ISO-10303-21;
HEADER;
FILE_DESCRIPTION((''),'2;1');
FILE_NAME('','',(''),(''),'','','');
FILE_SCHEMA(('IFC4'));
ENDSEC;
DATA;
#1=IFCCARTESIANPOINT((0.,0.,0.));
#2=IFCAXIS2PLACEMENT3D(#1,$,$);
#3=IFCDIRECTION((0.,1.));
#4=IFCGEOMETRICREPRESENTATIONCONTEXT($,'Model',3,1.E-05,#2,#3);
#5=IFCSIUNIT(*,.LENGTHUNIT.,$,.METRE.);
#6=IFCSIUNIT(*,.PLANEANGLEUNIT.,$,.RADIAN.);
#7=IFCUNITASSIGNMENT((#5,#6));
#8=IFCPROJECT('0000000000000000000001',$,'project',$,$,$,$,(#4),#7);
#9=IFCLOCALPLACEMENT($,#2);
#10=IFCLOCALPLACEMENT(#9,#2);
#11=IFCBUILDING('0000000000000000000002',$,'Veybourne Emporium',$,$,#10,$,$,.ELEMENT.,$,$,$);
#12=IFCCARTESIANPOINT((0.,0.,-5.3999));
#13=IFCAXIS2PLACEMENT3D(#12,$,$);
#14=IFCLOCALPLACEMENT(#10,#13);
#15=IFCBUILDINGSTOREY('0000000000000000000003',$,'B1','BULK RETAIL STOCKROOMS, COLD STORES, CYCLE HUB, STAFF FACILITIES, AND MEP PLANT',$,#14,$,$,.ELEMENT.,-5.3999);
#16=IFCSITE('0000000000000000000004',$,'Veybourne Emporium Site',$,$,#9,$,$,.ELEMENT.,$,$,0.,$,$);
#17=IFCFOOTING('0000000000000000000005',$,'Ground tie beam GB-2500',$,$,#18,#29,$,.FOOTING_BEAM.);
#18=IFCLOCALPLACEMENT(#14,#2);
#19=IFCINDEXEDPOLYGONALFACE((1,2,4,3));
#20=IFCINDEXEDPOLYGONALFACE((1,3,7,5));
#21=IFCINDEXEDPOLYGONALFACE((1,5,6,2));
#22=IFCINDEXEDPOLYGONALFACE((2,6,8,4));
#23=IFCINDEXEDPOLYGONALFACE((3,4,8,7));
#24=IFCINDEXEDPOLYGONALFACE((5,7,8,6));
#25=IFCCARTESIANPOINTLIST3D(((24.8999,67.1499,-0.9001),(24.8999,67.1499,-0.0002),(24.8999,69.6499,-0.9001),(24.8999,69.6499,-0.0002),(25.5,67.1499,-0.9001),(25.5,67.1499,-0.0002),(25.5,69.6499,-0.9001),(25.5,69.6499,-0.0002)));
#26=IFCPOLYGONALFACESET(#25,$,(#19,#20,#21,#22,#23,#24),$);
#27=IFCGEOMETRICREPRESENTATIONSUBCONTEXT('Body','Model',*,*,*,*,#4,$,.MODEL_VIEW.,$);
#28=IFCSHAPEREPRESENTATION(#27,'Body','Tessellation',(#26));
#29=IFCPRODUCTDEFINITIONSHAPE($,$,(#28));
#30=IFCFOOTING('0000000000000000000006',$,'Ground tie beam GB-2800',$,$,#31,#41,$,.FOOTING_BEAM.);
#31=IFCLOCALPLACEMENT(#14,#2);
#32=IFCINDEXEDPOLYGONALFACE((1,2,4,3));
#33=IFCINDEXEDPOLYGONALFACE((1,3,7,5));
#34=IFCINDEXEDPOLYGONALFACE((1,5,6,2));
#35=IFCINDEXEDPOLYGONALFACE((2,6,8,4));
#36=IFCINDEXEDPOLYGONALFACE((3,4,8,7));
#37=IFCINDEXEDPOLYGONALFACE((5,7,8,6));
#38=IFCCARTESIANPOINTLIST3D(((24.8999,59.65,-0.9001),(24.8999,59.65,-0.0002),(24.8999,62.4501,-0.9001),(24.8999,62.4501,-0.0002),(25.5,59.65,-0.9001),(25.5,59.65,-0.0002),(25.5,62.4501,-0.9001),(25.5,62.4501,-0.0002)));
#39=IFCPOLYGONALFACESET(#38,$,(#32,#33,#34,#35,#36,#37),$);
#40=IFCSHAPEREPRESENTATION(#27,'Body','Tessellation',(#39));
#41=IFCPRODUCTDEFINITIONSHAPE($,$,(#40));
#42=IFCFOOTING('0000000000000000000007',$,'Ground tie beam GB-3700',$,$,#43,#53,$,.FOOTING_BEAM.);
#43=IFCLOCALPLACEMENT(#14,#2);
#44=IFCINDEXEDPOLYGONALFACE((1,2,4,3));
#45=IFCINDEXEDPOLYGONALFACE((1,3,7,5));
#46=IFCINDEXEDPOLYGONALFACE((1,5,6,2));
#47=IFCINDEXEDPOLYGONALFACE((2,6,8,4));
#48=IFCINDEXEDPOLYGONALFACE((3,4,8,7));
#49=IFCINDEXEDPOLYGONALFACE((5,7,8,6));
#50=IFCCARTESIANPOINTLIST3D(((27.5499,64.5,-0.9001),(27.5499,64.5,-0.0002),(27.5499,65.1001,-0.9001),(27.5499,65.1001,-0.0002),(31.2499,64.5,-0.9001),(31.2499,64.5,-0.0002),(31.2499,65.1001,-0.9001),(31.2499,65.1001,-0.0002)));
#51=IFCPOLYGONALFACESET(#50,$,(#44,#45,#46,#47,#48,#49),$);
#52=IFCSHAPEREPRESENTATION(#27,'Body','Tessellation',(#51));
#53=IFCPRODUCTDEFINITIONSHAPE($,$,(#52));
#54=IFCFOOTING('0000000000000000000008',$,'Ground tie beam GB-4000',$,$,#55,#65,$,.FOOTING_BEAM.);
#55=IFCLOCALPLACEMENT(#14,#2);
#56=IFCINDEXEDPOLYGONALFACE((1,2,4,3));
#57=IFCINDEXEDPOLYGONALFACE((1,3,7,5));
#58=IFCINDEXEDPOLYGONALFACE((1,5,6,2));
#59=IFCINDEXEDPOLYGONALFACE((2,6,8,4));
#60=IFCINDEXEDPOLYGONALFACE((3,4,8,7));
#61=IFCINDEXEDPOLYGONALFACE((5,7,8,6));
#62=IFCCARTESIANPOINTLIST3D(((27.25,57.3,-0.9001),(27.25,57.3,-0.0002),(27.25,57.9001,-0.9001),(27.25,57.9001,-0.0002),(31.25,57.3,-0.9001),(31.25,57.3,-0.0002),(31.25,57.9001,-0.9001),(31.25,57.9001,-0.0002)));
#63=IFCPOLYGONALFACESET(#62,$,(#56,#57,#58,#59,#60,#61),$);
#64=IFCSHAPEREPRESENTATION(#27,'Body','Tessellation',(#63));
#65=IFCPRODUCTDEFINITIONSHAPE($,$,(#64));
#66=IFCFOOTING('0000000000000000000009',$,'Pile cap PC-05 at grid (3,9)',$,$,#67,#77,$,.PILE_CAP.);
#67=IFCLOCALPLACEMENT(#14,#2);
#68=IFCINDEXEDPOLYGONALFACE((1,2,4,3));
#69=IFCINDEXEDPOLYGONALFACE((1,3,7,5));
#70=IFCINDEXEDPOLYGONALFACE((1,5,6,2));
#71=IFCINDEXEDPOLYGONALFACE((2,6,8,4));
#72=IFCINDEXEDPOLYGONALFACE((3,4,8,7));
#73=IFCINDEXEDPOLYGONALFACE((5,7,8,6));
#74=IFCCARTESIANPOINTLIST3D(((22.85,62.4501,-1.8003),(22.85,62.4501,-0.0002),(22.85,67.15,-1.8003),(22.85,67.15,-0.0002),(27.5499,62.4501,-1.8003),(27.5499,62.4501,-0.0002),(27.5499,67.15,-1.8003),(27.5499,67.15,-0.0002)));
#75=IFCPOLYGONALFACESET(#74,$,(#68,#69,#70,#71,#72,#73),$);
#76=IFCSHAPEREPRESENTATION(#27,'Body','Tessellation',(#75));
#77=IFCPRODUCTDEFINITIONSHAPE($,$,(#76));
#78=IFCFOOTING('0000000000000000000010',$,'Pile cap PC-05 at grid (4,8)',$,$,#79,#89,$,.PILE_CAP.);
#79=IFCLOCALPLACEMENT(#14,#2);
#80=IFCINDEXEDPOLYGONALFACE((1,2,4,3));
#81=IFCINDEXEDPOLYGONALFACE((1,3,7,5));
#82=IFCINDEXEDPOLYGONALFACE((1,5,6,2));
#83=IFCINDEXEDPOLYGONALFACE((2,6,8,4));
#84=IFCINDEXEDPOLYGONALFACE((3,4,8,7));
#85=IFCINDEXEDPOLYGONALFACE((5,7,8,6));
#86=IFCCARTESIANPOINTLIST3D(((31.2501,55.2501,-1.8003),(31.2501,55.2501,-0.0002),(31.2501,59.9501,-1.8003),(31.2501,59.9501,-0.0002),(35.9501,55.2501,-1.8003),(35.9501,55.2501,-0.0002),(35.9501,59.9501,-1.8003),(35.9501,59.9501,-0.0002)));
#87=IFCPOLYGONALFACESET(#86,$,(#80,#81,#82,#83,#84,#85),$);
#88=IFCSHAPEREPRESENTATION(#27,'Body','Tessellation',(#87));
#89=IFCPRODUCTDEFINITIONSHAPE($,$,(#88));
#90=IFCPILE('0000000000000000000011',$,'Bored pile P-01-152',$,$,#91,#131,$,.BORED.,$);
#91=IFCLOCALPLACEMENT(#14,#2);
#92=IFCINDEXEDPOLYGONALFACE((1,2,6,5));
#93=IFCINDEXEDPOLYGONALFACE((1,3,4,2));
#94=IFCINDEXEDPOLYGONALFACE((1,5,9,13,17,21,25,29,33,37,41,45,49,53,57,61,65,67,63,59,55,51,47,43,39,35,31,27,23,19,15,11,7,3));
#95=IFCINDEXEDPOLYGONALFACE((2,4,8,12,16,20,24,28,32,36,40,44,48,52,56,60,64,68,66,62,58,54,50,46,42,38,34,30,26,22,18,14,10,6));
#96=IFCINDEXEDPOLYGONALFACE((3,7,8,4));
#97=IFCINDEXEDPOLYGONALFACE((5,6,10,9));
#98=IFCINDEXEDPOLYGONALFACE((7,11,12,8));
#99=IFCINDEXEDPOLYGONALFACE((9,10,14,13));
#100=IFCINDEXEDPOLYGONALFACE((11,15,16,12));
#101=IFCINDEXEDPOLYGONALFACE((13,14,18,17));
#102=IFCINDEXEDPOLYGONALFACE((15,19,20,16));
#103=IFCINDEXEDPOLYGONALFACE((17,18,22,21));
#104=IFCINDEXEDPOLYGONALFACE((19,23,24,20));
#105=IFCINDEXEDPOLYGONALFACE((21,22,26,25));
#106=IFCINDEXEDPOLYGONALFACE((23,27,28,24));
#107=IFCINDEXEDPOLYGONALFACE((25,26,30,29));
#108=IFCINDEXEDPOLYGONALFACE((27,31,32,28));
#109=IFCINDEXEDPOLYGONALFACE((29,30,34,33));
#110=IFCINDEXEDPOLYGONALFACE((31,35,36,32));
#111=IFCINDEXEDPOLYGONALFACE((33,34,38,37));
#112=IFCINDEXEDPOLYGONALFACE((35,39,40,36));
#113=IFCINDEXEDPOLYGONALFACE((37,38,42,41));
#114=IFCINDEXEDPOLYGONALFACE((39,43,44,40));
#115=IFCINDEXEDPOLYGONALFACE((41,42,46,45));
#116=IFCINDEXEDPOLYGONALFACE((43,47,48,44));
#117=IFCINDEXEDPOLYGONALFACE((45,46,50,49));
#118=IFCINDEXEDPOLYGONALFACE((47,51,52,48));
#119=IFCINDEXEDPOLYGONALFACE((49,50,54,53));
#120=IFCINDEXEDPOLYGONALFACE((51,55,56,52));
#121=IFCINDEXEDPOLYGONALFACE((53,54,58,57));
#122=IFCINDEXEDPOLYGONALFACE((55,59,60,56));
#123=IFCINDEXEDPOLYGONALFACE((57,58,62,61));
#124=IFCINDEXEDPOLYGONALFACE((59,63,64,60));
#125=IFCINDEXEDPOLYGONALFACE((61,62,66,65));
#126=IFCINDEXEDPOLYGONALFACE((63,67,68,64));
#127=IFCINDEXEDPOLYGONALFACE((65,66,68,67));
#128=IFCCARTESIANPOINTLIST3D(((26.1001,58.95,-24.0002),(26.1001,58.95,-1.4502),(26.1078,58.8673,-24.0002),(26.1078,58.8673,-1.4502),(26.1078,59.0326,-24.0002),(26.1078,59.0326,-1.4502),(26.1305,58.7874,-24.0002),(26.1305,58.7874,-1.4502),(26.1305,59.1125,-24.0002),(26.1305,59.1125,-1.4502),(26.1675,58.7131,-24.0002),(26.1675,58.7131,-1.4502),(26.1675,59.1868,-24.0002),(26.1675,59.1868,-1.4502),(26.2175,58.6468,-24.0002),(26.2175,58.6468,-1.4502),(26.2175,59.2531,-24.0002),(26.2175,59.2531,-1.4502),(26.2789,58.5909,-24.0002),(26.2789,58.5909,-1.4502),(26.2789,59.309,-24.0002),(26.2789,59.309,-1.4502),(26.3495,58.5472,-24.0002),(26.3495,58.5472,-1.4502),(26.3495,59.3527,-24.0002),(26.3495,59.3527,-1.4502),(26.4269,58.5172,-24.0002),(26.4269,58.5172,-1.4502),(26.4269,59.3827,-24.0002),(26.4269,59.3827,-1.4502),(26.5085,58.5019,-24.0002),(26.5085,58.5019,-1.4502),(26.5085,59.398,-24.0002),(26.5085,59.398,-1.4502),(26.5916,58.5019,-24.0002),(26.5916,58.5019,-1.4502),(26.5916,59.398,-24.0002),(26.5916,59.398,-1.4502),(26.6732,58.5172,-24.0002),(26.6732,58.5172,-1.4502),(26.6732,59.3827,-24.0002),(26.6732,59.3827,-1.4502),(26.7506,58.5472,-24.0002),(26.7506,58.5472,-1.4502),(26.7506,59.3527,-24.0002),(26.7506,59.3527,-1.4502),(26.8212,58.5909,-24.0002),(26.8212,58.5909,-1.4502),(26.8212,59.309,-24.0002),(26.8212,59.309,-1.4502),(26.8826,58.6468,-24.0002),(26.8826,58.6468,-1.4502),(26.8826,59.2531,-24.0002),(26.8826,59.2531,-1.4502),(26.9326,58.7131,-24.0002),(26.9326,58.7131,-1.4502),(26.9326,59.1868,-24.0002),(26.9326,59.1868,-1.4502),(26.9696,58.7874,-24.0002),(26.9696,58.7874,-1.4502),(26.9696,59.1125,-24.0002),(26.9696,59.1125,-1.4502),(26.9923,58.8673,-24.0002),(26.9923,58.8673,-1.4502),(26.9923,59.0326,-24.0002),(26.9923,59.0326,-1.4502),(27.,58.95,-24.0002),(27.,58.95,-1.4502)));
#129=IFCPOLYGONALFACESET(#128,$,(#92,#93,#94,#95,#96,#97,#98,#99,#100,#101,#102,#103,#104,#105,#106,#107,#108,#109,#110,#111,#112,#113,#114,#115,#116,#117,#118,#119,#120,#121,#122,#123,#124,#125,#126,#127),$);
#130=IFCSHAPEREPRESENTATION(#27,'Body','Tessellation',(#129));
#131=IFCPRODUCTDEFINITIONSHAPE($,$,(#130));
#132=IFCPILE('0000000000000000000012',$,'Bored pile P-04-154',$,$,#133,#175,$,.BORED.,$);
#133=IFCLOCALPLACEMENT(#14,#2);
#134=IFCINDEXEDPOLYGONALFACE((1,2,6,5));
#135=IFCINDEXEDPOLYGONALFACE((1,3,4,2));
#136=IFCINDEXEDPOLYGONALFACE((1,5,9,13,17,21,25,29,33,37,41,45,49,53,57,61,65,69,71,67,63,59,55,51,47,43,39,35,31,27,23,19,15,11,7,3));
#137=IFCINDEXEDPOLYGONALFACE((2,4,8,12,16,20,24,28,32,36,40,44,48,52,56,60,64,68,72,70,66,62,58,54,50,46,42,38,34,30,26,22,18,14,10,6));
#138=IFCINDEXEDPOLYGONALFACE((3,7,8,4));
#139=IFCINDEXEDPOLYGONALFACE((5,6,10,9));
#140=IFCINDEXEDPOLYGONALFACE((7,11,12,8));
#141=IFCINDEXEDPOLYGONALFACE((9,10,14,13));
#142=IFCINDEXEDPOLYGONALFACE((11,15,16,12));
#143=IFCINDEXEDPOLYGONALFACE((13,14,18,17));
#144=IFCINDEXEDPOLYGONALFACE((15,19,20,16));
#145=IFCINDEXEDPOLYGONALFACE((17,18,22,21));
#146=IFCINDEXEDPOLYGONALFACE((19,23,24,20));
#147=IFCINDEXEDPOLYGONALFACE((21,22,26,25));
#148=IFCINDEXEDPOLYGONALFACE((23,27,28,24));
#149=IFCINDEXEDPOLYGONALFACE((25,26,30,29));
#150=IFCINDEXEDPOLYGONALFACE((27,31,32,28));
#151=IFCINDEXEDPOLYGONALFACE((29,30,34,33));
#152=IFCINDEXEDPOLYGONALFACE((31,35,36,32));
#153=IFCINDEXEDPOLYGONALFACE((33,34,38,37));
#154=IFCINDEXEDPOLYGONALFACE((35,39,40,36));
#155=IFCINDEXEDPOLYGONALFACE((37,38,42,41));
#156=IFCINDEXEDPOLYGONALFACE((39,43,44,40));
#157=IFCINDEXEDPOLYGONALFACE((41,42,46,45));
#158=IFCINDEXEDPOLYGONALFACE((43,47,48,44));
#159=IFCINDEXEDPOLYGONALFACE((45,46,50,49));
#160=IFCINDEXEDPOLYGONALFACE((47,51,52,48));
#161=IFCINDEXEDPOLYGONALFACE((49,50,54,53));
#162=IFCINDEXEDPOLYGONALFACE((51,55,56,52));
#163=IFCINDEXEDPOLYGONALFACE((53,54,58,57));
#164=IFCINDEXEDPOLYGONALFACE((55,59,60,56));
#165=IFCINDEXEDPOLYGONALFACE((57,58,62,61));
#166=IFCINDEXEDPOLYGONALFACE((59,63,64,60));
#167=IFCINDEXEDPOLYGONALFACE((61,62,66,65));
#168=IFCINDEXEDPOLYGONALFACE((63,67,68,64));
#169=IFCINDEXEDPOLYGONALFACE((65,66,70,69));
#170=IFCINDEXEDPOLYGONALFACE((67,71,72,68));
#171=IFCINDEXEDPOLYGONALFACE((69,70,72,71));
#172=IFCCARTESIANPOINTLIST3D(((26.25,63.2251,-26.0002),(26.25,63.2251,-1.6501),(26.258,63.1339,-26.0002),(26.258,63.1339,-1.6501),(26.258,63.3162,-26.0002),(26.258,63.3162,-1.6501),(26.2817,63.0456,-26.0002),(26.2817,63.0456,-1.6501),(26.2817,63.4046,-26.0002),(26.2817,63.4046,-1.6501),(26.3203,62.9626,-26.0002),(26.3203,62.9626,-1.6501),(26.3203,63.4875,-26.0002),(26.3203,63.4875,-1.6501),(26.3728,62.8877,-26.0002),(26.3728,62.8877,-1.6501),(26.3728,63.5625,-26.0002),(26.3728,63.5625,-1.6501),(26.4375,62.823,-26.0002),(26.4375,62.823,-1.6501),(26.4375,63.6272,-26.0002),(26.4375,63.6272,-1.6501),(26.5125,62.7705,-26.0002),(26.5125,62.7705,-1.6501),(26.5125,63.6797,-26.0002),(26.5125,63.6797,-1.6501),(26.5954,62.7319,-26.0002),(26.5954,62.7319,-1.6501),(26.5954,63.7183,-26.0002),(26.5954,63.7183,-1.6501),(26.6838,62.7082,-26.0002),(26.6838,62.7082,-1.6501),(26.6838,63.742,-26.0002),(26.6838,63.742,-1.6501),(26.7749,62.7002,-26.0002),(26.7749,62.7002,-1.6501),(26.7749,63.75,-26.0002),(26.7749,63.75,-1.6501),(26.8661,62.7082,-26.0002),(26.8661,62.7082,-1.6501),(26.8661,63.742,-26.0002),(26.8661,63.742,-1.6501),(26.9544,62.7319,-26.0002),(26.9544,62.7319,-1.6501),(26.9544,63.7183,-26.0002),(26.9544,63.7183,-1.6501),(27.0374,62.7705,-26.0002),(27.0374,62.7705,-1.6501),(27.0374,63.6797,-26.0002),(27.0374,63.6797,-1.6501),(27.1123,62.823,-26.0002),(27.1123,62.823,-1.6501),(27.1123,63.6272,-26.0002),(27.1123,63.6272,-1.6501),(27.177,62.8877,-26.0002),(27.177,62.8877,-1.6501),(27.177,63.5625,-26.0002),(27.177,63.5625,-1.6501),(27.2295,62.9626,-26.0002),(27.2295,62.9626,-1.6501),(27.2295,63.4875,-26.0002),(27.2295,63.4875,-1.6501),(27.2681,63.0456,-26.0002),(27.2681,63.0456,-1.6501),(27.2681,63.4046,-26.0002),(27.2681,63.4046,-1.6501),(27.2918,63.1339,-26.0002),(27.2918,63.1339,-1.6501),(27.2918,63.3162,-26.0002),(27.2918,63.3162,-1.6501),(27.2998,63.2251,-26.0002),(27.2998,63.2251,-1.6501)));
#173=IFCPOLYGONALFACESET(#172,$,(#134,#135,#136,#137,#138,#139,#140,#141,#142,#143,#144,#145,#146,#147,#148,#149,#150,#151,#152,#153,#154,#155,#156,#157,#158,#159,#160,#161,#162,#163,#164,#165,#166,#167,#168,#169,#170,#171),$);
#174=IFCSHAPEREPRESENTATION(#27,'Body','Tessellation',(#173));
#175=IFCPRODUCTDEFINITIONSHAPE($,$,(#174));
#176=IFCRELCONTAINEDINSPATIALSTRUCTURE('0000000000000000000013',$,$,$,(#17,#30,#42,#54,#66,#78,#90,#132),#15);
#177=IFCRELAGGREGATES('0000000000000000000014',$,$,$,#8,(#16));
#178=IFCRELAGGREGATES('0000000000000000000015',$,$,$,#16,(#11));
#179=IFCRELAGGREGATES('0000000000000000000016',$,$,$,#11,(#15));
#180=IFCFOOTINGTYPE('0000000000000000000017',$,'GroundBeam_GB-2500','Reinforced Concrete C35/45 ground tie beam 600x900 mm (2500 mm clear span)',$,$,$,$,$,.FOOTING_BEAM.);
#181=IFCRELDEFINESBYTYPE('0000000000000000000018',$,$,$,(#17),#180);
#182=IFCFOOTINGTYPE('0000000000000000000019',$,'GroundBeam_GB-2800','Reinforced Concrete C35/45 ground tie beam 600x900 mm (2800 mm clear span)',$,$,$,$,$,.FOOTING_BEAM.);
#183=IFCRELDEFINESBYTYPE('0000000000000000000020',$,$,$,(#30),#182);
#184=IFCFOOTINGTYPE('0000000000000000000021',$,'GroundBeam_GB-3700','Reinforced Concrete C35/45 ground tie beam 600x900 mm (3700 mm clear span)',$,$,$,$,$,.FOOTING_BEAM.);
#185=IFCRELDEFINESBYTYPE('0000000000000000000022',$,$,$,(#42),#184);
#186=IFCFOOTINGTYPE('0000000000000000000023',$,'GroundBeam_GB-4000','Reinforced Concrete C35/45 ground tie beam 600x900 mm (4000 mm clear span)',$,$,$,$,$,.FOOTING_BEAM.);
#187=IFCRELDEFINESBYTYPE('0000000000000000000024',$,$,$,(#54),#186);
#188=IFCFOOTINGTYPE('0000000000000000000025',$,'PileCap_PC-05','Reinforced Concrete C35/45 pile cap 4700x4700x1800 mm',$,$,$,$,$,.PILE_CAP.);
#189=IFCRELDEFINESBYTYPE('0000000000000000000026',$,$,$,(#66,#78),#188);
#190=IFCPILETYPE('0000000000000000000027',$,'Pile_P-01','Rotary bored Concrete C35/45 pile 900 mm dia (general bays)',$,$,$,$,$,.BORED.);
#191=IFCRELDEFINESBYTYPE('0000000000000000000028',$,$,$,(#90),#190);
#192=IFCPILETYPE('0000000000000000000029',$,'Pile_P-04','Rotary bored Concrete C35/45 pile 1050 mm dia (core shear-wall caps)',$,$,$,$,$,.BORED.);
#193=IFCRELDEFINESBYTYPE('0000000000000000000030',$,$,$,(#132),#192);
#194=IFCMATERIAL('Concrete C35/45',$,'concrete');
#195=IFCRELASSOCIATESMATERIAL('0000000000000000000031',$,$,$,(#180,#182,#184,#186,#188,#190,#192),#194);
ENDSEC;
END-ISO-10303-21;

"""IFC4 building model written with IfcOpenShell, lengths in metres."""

from ifc_helpers import new_model, si_unit, direction, frame, origin, origin_2d, place, context, subcontext, project, spatial, rectangle, circle, extrude, material, material_profile, profile_set, type_object, element, save


model = new_model("IFC4")

# Units and contexts
model_context = context("Model", 3, precision=1e-05, world=origin(), true_north=direction((0.0, 1.0)))
body_context = subcontext(model_context, "Body", "Model", "MODEL_VIEW")
ifc_project = project(units=[si_unit("LENGTHUNIT", "METRE"), si_unit("PLANEANGLEUNIT", "RADIAN")], contexts=[model_context])

# Site, building, storey
site_placement = place(None, origin())
site = spatial("IfcSite", under=ifc_project, at=site_placement, Name="Veybourne Emporium Site", CompositionType="ELEMENT", RefElevation=0.0)
building_placement = place(site_placement, origin())
building = spatial("IfcBuilding", under=site, at=building_placement, Name="Veybourne Emporium", CompositionType="ELEMENT")
storey_placement = place(building_placement, frame((0.0, 0.0, -5.3999)))
storey = spatial("IfcBuildingStorey", under=building, at=storey_placement, Name="B1", Description="BULK RETAIL STOCKROOMS, COLD STORES, CYCLE HUB, STAFF FACILITIES, AND MEP PLANT", CompositionType="ELEMENT", Elevation=-5.3999)

# Footings
ifc_material_1 = material(Name="Concrete C35/45", Category="concrete")
footing_type_1 = type_object("IfcFootingType", Name="GroundBeam_GB-2500", Description="Reinforced Concrete C35/45 ground tie beam 600x900 mm (2500 mm clear span)", PredefinedType="FOOTING_BEAM", material=ifc_material_1)
footing_1_placement = place(storey_placement, frame((25.2, 68.3999, -0.9001), z_axis=(0.0, 0.0, 1.0), x_axis=(0.0, 1.0, 0.0)))
element("IfcFooting", 1, at=footing_1_placement, inside=storey, type_object=footing_type_1, Name="Ground tie beam GB-2500", PredefinedType="FOOTING_BEAM", context=body_context, shape_type="SweptSolid", body=[
    extrude(rectangle(XDim=2.5, YDim=0.6001, at=origin_2d()), origin(), (0.0, 0.0, 1.0), 0.8999),
])
footing_type_2 = type_object("IfcFootingType", Name="GroundBeam_GB-2800", Description="Reinforced Concrete C35/45 ground tie beam 600x900 mm (2800 mm clear span)", PredefinedType="FOOTING_BEAM", material=ifc_material_1)
footing_2_placement = place(storey_placement, frame((25.2, 61.05, -0.9001), z_axis=(0.0, 0.0, 1.0), x_axis=(0.0, 1.0, 0.0)))
element("IfcFooting", 2, at=footing_2_placement, inside=storey, type_object=footing_type_2, Name="Ground tie beam GB-2800", PredefinedType="FOOTING_BEAM", context=body_context, shape_type="SweptSolid", body=[
    extrude(rectangle(XDim=2.8, YDim=0.6001, at=origin_2d()), origin(), (0.0, 0.0, 1.0), 0.8999),
])
footing_type_3 = type_object("IfcFootingType", Name="GroundBeam_GB-3700", Description="Reinforced Concrete C35/45 ground tie beam 600x900 mm (3700 mm clear span)", PredefinedType="FOOTING_BEAM", material=ifc_material_1)
footing_3_placement = place(storey_placement, frame((29.3999, 64.8, -0.9001), z_axis=(0.0, 0.0, 1.0), x_axis=(1.0, 0.0, 0.0)))
element("IfcFooting", 3, at=footing_3_placement, inside=storey, type_object=footing_type_3, Name="Ground tie beam GB-3700", PredefinedType="FOOTING_BEAM", context=body_context, shape_type="SweptSolid", body=[
    extrude(rectangle(XDim=3.7, YDim=0.6001, at=origin_2d()), origin(), (0.0, 0.0, 1.0), 0.8999),
])
footing_type_4 = type_object("IfcFootingType", Name="GroundBeam_GB-4000", Description="Reinforced Concrete C35/45 ground tie beam 600x900 mm (4000 mm clear span)", PredefinedType="FOOTING_BEAM", material=ifc_material_1)
footing_4_placement = place(storey_placement, frame((29.25, 57.6001, -0.9001), z_axis=(0.0, 0.0, 1.0), x_axis=(1.0, 0.0, 0.0)))
element("IfcFooting", 4, at=footing_4_placement, inside=storey, type_object=footing_type_4, Name="Ground tie beam GB-4000", PredefinedType="FOOTING_BEAM", context=body_context, shape_type="SweptSolid", body=[
    extrude(rectangle(XDim=4.0, YDim=0.6001, at=origin_2d()), origin(), (0.0, 0.0, 1.0), 0.8999),
])
footing_type_5 = type_object("IfcFootingType", Name="PileCap_PC-05", Description="Reinforced Concrete C35/45 pile cap 4700x4700x1800 mm", PredefinedType="PILE_CAP", material=ifc_material_1)
for number, where, z_axis, x_axis, name in (
    (5, (25.2, 64.8, -1.8003), (0.0, 0.0, 1.0), (1.0, 0.0, 0.0), "Pile cap PC-05 at grid (3,9)"),
    (6, (33.6001, 57.6001, -1.8003), (0.0, 0.0, 1.0), (1.0, 0.0, 0.0), "Pile cap PC-05 at grid (4,8)"),
):
    element("IfcFooting", number, at=place(storey_placement, frame(where, z_axis=z_axis, x_axis=x_axis)), inside=storey, type_object=footing_type_5, Name=name, PredefinedType="PILE_CAP", context=body_context, shape_type="SweptSolid", body=[
        extrude(rectangle(XDim=4.7, YDim=4.7, at=origin_2d()), origin(), (0.0, 0.0, 1.0), 1.8),
    ])

# Piles
ifc_material_profile_1 = material_profile(ifc_material_1, circle(Radius=0.45, at=origin_2d()), Name="BORED PILE 900")
ifc_profile_set_1 = profile_set([ifc_material_profile_1], Name="Concrete C35/45")
pile_type_1 = type_object("IfcPileType", Name="Pile_P-01", Description="Rotary bored Concrete C35/45 pile 900 mm dia (general bays)", PredefinedType="BORED", material=ifc_profile_set_1)
pile_placement = place(storey_placement, frame((26.55, 58.95, -1.4502), z_axis=(0.0, 0.0, -1.0), x_axis=(1.0, 0.0, 0.0)))
element("IfcPile", 7, at=pile_placement, inside=storey, type_object=pile_type_1, Name="Bored pile P-01-152", PredefinedType="BORED", context=body_context, shape_type="SweptSolid", body=[
    extrude(circle(Radius=0.45, at=origin_2d()), origin(), (0.0, 0.0, 1.0), 22.55),
])
ifc_material_profile_2 = material_profile(ifc_material_1, circle(Radius=0.5249, at=origin_2d()), Name="BORED PILE 1050")
ifc_profile_set_2 = profile_set([ifc_material_profile_2], Name="Concrete C35/45")
pile_type_2 = type_object("IfcPileType", Name="Pile_P-04", Description="Rotary bored Concrete C35/45 pile 1050 mm dia (core shear-wall caps)", PredefinedType="BORED", material=ifc_profile_set_2)
for number, where, z_axis, x_axis, name in (
    (8, (26.7749, 63.2251, -1.6501), (0.0, 0.0, -1.0), (1.0, 0.0, 0.0), "Bored pile P-04-154"),
):
    element("IfcPile", number, at=place(storey_placement, frame(where, z_axis=z_axis, x_axis=x_axis)), inside=storey, type_object=pile_type_2, Name=name, PredefinedType="BORED", context=body_context, shape_type="SweptSolid", body=[
        extrude(circle(Radius=0.5249, at=origin_2d()), origin(), (0.0, 0.0, 1.0), 24.3501),
    ])

save(model, "model.ifc")
